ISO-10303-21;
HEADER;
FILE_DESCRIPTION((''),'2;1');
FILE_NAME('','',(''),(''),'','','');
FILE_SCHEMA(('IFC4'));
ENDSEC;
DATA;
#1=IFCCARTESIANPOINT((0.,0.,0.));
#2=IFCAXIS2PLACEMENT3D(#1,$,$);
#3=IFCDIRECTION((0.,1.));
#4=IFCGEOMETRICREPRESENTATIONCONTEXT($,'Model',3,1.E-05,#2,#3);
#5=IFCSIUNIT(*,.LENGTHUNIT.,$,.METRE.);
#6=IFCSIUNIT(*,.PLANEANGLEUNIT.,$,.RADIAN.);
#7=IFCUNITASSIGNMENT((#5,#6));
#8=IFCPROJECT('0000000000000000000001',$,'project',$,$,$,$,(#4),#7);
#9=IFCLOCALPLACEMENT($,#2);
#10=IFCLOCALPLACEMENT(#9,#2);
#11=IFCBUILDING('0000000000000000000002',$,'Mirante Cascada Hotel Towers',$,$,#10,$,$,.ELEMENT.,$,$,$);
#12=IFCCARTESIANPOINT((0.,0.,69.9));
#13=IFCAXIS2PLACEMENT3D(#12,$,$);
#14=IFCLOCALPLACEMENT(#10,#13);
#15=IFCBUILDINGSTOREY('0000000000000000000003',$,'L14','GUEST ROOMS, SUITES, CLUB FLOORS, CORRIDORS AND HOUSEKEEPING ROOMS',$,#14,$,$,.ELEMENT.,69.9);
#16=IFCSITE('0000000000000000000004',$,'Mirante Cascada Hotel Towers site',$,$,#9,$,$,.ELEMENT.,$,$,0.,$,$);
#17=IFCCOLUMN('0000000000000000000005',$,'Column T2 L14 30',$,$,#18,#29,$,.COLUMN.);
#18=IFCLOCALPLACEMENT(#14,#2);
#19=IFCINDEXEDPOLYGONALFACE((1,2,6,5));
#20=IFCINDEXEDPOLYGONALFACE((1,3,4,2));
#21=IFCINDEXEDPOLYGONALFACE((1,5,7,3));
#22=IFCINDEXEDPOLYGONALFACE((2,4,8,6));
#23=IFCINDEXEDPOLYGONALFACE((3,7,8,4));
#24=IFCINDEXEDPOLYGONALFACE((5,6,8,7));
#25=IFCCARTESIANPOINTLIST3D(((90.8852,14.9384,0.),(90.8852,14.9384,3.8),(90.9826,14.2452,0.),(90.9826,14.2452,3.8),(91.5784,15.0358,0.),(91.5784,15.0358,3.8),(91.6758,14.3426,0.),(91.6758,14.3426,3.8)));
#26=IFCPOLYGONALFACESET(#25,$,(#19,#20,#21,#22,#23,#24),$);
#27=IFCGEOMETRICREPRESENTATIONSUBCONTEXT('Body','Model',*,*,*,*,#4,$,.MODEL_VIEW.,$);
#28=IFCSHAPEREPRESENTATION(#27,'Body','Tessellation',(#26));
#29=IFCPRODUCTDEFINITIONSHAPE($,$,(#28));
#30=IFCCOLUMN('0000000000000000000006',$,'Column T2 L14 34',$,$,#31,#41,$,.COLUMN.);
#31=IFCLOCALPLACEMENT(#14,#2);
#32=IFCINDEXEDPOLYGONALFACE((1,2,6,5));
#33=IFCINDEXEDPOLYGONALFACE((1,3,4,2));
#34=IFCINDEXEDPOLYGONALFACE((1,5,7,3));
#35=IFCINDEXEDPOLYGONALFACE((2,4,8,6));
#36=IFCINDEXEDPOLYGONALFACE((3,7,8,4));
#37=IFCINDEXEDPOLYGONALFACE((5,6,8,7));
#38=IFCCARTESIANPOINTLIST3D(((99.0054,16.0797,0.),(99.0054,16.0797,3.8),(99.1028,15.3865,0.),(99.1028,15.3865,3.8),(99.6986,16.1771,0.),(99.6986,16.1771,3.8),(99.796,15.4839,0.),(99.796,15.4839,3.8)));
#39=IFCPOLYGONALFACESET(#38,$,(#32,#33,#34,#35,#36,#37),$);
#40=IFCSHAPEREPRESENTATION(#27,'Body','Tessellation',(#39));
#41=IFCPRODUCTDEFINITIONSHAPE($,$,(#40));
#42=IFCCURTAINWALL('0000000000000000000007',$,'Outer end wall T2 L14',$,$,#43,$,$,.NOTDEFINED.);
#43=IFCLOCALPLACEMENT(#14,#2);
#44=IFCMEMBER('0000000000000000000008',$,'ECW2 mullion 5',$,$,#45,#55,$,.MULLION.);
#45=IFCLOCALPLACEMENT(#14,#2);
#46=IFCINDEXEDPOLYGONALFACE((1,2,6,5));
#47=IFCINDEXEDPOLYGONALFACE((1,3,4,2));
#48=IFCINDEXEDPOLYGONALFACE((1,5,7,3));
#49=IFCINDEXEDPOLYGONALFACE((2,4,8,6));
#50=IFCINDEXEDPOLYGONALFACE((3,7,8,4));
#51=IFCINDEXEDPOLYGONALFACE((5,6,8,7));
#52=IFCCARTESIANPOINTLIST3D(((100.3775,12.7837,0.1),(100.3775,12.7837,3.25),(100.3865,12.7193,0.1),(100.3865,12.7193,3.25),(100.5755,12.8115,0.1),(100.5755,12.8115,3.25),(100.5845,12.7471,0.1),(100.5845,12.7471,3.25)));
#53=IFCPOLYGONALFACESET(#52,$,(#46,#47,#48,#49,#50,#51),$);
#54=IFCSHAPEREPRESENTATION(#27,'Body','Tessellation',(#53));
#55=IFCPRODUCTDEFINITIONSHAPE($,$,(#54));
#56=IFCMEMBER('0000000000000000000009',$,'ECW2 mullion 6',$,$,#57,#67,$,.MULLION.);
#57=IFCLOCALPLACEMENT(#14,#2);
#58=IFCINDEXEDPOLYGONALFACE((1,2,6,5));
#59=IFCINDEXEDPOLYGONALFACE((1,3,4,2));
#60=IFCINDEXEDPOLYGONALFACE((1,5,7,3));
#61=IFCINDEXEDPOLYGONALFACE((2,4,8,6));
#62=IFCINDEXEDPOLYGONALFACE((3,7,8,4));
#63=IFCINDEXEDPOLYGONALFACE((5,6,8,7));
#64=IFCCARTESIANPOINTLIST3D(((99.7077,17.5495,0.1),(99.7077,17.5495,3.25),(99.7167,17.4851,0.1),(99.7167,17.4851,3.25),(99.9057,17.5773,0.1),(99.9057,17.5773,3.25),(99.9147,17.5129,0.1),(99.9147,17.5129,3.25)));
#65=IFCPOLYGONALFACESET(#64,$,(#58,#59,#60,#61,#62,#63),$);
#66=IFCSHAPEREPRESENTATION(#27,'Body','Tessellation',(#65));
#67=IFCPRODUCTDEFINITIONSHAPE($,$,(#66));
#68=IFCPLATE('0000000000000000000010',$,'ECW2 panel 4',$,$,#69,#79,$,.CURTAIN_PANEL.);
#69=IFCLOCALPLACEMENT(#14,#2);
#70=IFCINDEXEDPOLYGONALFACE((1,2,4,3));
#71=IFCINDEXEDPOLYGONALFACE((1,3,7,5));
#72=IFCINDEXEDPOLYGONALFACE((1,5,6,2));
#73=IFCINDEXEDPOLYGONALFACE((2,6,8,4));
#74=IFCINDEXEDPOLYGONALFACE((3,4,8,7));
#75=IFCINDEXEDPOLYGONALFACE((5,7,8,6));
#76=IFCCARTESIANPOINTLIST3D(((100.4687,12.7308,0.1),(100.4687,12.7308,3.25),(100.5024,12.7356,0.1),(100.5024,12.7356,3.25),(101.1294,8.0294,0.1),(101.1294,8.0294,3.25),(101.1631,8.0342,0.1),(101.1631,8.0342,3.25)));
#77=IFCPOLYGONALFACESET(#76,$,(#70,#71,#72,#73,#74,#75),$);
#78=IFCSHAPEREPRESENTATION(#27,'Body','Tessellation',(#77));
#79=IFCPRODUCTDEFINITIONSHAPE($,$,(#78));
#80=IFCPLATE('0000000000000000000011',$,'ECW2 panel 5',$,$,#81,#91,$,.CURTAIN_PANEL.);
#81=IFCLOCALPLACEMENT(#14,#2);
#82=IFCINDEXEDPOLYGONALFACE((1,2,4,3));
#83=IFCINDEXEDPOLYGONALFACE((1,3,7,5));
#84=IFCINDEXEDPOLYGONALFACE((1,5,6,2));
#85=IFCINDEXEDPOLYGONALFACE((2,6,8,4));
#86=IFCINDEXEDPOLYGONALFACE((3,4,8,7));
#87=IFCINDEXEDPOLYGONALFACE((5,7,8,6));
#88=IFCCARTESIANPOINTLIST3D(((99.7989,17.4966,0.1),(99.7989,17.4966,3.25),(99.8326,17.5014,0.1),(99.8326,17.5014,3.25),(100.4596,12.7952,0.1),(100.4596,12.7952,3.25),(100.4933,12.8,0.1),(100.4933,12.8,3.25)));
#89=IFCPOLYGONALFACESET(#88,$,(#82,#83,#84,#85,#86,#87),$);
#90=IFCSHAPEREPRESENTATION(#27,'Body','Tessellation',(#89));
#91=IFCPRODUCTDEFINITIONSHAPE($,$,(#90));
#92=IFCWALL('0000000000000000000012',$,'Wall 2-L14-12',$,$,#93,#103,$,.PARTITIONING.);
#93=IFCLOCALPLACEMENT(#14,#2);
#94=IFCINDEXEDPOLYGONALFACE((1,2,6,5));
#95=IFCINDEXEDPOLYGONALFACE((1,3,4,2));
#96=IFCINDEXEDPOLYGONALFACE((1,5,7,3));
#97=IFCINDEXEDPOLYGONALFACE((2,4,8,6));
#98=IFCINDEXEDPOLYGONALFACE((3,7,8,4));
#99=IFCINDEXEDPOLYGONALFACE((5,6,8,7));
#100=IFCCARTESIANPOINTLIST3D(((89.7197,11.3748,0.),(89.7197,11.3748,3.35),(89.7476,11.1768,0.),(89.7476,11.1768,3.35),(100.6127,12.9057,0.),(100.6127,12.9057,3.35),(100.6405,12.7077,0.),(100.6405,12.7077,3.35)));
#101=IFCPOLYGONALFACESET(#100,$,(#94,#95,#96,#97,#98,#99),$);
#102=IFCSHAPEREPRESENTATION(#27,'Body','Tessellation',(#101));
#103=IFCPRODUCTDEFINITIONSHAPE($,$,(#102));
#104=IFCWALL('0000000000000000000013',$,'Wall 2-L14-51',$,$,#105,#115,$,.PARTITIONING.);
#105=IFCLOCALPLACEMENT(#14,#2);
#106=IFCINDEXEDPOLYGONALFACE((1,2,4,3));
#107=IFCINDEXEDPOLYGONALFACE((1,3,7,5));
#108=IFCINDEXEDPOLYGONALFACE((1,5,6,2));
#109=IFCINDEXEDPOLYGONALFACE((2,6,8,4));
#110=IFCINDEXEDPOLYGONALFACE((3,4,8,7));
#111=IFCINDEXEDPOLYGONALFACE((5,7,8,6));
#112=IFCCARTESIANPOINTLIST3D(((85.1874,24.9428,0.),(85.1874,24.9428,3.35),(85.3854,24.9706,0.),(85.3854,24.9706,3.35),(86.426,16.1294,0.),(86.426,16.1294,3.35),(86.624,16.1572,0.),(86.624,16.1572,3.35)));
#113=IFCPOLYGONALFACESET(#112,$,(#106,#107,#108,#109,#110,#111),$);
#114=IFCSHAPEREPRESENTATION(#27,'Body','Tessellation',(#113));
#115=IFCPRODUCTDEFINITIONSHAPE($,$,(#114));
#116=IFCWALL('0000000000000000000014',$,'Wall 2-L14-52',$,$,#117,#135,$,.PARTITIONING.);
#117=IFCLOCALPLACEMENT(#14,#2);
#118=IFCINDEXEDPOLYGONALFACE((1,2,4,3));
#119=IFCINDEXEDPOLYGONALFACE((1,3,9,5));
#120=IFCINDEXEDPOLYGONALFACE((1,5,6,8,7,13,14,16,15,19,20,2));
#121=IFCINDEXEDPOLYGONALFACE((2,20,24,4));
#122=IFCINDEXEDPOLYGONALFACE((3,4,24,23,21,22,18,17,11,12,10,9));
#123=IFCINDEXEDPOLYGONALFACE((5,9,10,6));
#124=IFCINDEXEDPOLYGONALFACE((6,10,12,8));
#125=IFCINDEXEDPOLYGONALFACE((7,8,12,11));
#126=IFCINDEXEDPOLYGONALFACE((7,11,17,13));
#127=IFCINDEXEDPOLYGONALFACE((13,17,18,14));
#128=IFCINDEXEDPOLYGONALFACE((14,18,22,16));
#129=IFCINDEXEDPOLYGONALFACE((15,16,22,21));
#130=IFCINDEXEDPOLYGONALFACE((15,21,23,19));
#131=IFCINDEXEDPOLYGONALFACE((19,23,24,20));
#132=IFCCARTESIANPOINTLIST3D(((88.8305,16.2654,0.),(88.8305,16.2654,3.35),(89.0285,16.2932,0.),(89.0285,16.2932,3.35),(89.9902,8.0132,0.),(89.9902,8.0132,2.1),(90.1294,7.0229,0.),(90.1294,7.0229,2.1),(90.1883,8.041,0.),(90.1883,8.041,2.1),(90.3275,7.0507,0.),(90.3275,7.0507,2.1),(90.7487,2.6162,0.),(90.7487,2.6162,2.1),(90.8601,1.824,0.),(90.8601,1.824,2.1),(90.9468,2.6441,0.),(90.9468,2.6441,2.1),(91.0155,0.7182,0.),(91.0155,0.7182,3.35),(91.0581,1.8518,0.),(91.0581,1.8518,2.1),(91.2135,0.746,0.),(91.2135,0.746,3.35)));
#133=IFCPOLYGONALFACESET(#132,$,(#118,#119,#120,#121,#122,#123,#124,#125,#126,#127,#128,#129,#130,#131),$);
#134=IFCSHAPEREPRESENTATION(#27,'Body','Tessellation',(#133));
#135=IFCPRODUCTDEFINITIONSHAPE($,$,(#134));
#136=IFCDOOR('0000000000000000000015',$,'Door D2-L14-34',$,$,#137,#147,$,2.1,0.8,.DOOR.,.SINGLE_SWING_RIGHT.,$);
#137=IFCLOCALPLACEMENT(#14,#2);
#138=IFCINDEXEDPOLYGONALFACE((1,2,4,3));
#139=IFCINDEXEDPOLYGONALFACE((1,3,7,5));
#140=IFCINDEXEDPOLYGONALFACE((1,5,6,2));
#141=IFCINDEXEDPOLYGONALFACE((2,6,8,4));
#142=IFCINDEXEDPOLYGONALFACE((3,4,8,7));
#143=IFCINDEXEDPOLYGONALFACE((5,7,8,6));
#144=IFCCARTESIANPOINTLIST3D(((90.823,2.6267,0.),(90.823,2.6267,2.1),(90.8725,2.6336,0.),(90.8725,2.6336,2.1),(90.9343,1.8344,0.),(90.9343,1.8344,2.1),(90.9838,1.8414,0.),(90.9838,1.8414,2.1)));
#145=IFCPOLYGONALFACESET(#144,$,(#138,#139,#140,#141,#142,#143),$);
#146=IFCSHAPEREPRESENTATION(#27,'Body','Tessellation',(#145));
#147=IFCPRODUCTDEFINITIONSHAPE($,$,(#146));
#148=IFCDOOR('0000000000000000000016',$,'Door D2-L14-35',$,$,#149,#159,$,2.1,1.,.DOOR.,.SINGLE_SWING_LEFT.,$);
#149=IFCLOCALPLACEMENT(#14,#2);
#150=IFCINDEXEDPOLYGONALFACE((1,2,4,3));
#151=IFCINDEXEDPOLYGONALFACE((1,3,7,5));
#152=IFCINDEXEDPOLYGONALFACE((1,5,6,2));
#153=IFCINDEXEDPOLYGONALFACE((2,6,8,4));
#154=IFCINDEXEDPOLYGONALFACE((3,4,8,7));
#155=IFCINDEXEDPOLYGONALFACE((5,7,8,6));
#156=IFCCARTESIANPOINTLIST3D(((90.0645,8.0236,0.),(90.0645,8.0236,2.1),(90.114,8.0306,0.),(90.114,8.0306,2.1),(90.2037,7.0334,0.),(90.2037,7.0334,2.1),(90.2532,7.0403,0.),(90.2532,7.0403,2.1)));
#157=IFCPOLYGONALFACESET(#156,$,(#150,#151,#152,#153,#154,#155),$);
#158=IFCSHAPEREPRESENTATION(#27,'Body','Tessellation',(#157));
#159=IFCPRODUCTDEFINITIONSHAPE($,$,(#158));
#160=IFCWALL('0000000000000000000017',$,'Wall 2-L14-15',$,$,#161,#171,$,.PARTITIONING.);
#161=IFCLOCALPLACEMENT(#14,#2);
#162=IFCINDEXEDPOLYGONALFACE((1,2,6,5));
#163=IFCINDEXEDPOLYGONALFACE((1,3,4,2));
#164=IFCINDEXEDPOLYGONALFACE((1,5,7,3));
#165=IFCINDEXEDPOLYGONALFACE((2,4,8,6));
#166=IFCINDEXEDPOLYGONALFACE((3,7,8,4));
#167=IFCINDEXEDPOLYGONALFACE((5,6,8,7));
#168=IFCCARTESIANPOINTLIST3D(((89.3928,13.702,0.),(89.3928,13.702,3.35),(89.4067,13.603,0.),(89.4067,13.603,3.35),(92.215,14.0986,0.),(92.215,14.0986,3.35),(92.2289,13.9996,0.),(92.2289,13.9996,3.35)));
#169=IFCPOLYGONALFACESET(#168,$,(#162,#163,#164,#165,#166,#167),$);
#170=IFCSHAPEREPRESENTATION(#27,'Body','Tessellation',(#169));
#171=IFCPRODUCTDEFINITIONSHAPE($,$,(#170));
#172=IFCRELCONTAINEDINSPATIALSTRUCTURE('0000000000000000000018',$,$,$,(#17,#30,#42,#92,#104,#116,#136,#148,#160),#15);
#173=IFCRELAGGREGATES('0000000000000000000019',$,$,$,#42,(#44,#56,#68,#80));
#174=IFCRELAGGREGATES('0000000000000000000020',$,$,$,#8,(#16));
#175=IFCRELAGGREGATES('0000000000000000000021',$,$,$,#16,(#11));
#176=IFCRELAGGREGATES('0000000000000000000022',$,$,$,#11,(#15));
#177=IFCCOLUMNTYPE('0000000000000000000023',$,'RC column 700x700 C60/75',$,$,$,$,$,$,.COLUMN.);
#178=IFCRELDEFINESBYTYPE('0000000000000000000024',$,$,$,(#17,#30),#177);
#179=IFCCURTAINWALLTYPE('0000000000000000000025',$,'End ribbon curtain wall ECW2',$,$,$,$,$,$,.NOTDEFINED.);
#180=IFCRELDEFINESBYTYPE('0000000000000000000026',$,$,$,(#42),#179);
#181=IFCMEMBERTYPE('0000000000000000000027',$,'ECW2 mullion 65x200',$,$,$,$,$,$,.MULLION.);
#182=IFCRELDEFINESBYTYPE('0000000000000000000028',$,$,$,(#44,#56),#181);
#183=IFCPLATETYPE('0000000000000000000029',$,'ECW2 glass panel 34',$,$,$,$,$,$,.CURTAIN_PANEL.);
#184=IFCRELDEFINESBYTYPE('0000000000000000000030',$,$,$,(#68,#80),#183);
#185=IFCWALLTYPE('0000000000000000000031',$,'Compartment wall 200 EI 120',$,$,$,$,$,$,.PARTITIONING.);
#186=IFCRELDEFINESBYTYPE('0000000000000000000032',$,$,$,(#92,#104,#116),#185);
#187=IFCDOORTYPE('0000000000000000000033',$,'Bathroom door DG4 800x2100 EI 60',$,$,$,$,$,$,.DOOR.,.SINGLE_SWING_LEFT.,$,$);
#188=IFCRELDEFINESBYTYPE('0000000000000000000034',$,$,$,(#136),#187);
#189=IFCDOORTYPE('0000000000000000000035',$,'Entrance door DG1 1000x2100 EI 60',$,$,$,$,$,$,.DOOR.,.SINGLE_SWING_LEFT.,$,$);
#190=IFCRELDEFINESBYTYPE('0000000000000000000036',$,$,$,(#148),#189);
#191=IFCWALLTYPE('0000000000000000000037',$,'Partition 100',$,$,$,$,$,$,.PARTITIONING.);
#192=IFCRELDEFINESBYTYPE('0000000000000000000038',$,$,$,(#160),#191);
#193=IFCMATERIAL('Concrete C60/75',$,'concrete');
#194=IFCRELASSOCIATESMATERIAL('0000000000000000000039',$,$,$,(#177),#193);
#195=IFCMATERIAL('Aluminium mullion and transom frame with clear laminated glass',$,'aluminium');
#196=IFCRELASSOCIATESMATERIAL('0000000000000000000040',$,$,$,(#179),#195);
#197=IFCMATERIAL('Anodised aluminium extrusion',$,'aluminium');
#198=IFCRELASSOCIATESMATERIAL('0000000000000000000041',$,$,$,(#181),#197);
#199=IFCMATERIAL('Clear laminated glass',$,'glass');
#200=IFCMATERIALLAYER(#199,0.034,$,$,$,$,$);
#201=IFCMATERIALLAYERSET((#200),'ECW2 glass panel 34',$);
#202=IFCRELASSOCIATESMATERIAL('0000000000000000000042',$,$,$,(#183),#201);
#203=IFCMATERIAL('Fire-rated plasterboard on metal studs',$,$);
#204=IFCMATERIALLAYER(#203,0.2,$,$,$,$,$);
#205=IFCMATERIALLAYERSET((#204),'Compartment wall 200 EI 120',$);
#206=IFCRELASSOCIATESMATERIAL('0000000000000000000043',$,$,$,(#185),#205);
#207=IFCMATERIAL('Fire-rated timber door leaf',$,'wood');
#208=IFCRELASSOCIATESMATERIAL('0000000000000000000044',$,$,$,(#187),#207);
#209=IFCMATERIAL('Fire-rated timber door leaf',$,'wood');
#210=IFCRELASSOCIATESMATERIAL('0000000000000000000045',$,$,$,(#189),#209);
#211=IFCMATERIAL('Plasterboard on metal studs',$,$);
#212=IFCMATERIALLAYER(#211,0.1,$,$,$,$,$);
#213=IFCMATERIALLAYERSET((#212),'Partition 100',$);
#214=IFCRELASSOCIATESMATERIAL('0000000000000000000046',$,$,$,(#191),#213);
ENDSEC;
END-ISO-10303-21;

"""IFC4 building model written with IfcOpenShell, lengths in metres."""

from ifc_helpers import new_model, si_unit, direction, frame, frame_2d, origin, origin_2d, place, context, subcontext, project, spatial, rectangle, extrude, material, layer, layer_set, material_profile, profile_set, type_object, element, fill, aggregate, save


model = new_model("IFC4")

# Units and contexts
model_context = context("Model", 3, precision=1e-05, world=origin(), true_north=direction((0.0, 1.0)))
body_context = subcontext(model_context, "Body", "Model", "MODEL_VIEW")
ifc_project = project(units=[si_unit("LENGTHUNIT", "METRE"), si_unit("PLANEANGLEUNIT", "RADIAN")], contexts=[model_context])

# Site, building, storey
site_placement = place(None, origin())
site = spatial("IfcSite", under=ifc_project, at=site_placement, Name="Mirante Cascada Hotel Towers site", CompositionType="ELEMENT", RefElevation=0.0)
building_placement = place(site_placement, origin())
building = spatial("IfcBuilding", under=site, at=building_placement, Name="Mirante Cascada Hotel Towers", CompositionType="ELEMENT")
storey_placement = place(building_placement, frame((0.0, 0.0, 69.9)))
storey = spatial("IfcBuildingStorey", under=building, at=storey_placement, Name="L14", Description="GUEST ROOMS, SUITES, CLUB FLOORS, CORRIDORS AND HOUSEKEEPING ROOMS", CompositionType="ELEMENT", Elevation=69.9)

# Columns
ifc_material_1 = material(Name="Concrete C60/75", Category="concrete")
ifc_material_profile_1 = material_profile(ifc_material_1, rectangle(XDim=0.7, YDim=0.7, at=origin_2d()), Name="RC column 700x700 C60/75")
ifc_profile_set_1 = profile_set([ifc_material_profile_1], Name="Concrete C60/75")
column_type = type_object("IfcColumnType", Name="RC column 700x700 C60/75", PredefinedType="COLUMN", material=ifc_profile_set_1)
for number, where, z_axis, x_axis, name in (
    (1, (91.2805, 14.6405, 0.0), (0.0, 0.0, 1.0), (0.990268, 0.139173, 0.0), "Column T2 L14 30"),
    (2, (99.4007, 15.7818, 0.0), (0.0, 0.0, 1.0), (0.990268, 0.139173, 0.0), "Column T2 L14 34"),
):
    element("IfcColumn", number, at=place(storey_placement, frame(where, z_axis=z_axis, x_axis=x_axis)), inside=storey, type_object=column_type, Name=name, PredefinedType="COLUMN", context=body_context, shape_type="SweptSolid", body=[
        extrude(rectangle(XDim=0.7, YDim=0.7, at=origin_2d()), origin(), (0.0, 0.0, 1.0), 3.8),
    ])

# Curtain wall, members, plates
ifc_material_2 = material(Name="Aluminium mullion and transom frame with clear laminated glass", Category="aluminium")
curtain_wall_type = type_object("IfcCurtainWallType", Name="End ribbon curtain wall ECW2", PredefinedType="NOTDEFINED", material=ifc_material_2)
curtain_wall_placement = place(storey_placement, origin())
curtain_wall = element("IfcCurtainWall", 3, at=curtain_wall_placement, inside=storey, type_object=curtain_wall_type, Name="Outer end wall T2 L14", PredefinedType="NOTDEFINED")
ifc_material_3 = material(Name="Anodised aluminium extrusion", Category="aluminium")
ifc_material_profile_2 = material_profile(ifc_material_3, rectangle(XDim=0.2, YDim=0.065, at=origin_2d()), Name="ECW2 MULLION 65x200")
ifc_profile_set_2 = profile_set([ifc_material_profile_2], Name="Anodised aluminium extrusion")
member_type = type_object("IfcMemberType", Name="ECW2 mullion 65x200", PredefinedType="MULLION", material=ifc_profile_set_2)
member_1_placement = place(storey_placement, frame((100.481, 12.7654, 0.1), z_axis=(0.0, 0.0, 1.0), x_axis=(-0.990268, -0.139173, 0.0)))
member_1 = element("IfcMember", 4, at=member_1_placement, type_object=member_type, Name="ECW2 mullion 5", PredefinedType="MULLION", context=body_context, shape_type="SweptSolid", body=[
    extrude(rectangle(XDim=0.2, YDim=0.065, at=origin_2d()), origin(), (0.0, 0.0, 1.0), 3.15),
])
member_2_placement = place(storey_placement, frame((99.8112, 17.5312, 0.1), z_axis=(0.0, 0.0, 1.0), x_axis=(-0.990268, -0.139173, 0.0)))
member_2 = element("IfcMember", 5, at=member_2_placement, type_object=member_type, Name="ECW2 mullion 6", PredefinedType="MULLION", context=body_context, shape_type="SweptSolid", body=[
    extrude(rectangle(XDim=0.2, YDim=0.065, at=origin_2d()), origin(), (0.0, 0.0, 1.0), 3.15),
])
ifc_material_4 = material(Name="Clear laminated glass", Category="glass")
ifc_layer_1 = layer(ifc_material_4, 0.034)
ifc_layer_set_1 = layer_set([ifc_layer_1], Name="ECW2 glass panel 34")
plate_type = type_object("IfcPlateType", Name="ECW2 glass panel 34", PredefinedType="CURTAIN_PANEL", material=ifc_layer_set_1)
plate_1_placement = place(storey_placement, frame((100.8159, 10.3825, 0.1), z_axis=(0.0, 0.0, 1.0), x_axis=(-0.139173, 0.990268, 0.0)))
plate_1 = element("IfcPlate", 6, at=plate_1_placement, type_object=plate_type, Name="ECW2 panel 4", PredefinedType="CURTAIN_PANEL", context=body_context, shape_type="SweptSolid", body=[
    extrude(rectangle(XDim=4.7476, YDim=0.034, at=origin_2d()), origin(), (0.0, 0.0, 1.0), 3.15),
])
plate_2_placement = place(storey_placement, frame((100.1461, 15.1483, 0.1), z_axis=(0.0, 0.0, 1.0), x_axis=(-0.139173, 0.990268, 0.0)))
plate_2 = element("IfcPlate", 7, at=plate_2_placement, type_object=plate_type, Name="ECW2 panel 5", PredefinedType="CURTAIN_PANEL", context=body_context, shape_type="SweptSolid", body=[
    extrude(rectangle(XDim=4.7476, YDim=0.034, at=origin_2d()), origin(), (0.0, 0.0, 1.0), 3.15),
])
aggregate(curtain_wall, [member_1, member_2, plate_1, plate_2])

# Walls
ifc_material_5 = material(Name="Fire-rated plasterboard on metal studs")
ifc_layer_2 = layer(ifc_material_5, 0.2)
ifc_layer_set_2 = layer_set([ifc_layer_2], Name="Compartment wall 200 EI 120")
wall_type_1 = type_object("IfcWallType", Name="Compartment wall 200 EI 120", PredefinedType="PARTITIONING", material=ifc_layer_set_2)
wall_1_placement = place(storey_placement, frame((100.6266, 12.8067, 0.0), z_axis=(0.0, 0.0, 1.0), x_axis=(-0.990268, -0.139173, 0.0)))
element("IfcWall", 8, at=wall_1_placement, inside=storey, type_object=wall_type_1, Name="Wall 2-L14-12", PredefinedType="PARTITIONING", context=body_context, shape_type="SweptSolid", body=[
    extrude(rectangle(XDim=11.0, YDim=0.2, at=frame_2d((5.5, 0.0))), origin(), (0.0, 0.0, 1.0), 3.35),
])
wall_2_placement = place(storey_placement, frame((86.525, 16.1433, 0.0), z_axis=(0.0, 0.0, 1.0), x_axis=(-0.139168, 0.990269, 0.0)))
element("IfcWall", 9, at=wall_2_placement, inside=storey, type_object=wall_type_1, Name="Wall 2-L14-51", PredefinedType="PARTITIONING", context=body_context, shape_type="SweptSolid", body=[
    extrude(rectangle(XDim=8.9, YDim=0.2, at=frame_2d((4.45, 0.0))), origin(), (0.0, 0.0, 1.0), 3.35),
])

# Wall, openings, doors
wall_3_placement = place(storey_placement, frame((88.9295, 16.2793, 0.0), z_axis=(0.0, 0.0, 1.0), x_axis=(0.139172, -0.990268, 0.0)))
wall_3 = element("IfcWall", 10, at=wall_3_placement, inside=storey, type_object=wall_type_1, Name="Wall 2-L14-52", PredefinedType="PARTITIONING", context=body_context, shape_type="SweptSolid", body=[
    extrude(rectangle(XDim=15.7, YDim=0.2, at=frame_2d((7.85, 0.0))), origin(), (0.0, 0.0, 1.0), 3.35),
])
opening_1_placement = place(wall_3_placement, frame((13.7833, 0.0, 0.0)))
opening_1 = element("IfcOpeningElement", 11, at=opening_1_placement, cuts=wall_3, PredefinedType="OPENING", context=body_context, shape_type="SweptSolid", body=[
    extrude(rectangle(XDim=0.8, YDim=2.1, at=frame_2d((0.4, 1.05))), frame((0.0, 0.1, 0.0), z_axis=(0.0, -1.0, 0.0), x_axis=(1.0, 0.0, 0.0)), (0.0, 0.0, 1.0), 0.2),
])
opening_2_placement = place(wall_3_placement, frame((8.3333, 0.0, 0.0)))
opening_2 = element("IfcOpeningElement", 12, at=opening_2_placement, cuts=wall_3, PredefinedType="OPENING", context=body_context, shape_type="SweptSolid", body=[
    extrude(rectangle(XDim=1.0, YDim=2.1, at=frame_2d((0.5, 1.05))), frame((0.0, 0.1, 0.0), z_axis=(0.0, -1.0, 0.0), x_axis=(1.0, 0.0, 0.0)), (0.0, 0.0, 1.0), 0.2),
])
ifc_material_6 = material(Name="Fire-rated timber door leaf", Category="wood")
door_type_1 = type_object("IfcDoorType", Name="Bathroom door DG4 800x2100 EI 60", OperationType="SINGLE_SWING_LEFT", PredefinedType="DOOR", material=ifc_material_6)
door_1_placement = place(opening_1_placement, frame((0.8, 0.0, 0.0), z_axis=(0.0, 0.0, 1.0), x_axis=(-1.0, 0.0, 0.0)))
door_1 = element("IfcDoor", 13, at=door_1_placement, inside=storey, type_object=door_type_1, Name="Door D2-L14-34", OperationType="SINGLE_SWING_RIGHT", OverallHeight=2.1, OverallWidth=0.8, PredefinedType="DOOR", context=body_context, shape_type="SweptSolid", body=[
    extrude(rectangle(XDim=0.8, YDim=2.1, at=frame_2d((0.4, 1.05))), frame((0.0, 0.025, 0.0), z_axis=(0.0, -1.0, 0.0), x_axis=(1.0, 0.0, 0.0)), (0.0, 0.0, 1.0), 0.05),
])
fill(opening_1, door_1)
ifc_material_7 = material(Name="Fire-rated timber door leaf", Category="wood")
door_type_2 = type_object("IfcDoorType", Name="Entrance door DG1 1000x2100 EI 60", OperationType="SINGLE_SWING_LEFT", PredefinedType="DOOR", material=ifc_material_7)
door_2_placement = place(opening_2_placement, origin())
door_2 = element("IfcDoor", 14, at=door_2_placement, inside=storey, type_object=door_type_2, Name="Door D2-L14-35", OperationType="SINGLE_SWING_LEFT", OverallHeight=2.1, OverallWidth=1.0, PredefinedType="DOOR", context=body_context, shape_type="SweptSolid", body=[
    extrude(rectangle(XDim=1.0, YDim=2.1, at=frame_2d((0.5, 1.05))), frame((0.0, 0.025, 0.0), z_axis=(0.0, -1.0, 0.0), x_axis=(1.0, 0.0, 0.0)), (0.0, 0.0, 1.0), 0.05),
])
fill(opening_2, door_2)

# Wall
ifc_material_8 = material(Name="Plasterboard on metal studs")
ifc_layer_3 = layer(ifc_material_8, 0.1)
ifc_layer_set_3 = layer_set([ifc_layer_3], Name="Partition 100")
wall_type_2 = type_object("IfcWallType", Name="Partition 100", PredefinedType="PARTITIONING", material=ifc_layer_set_3)
wall_4_placement = place(storey_placement, frame((89.3997, 13.6525, 0.0), z_axis=(0.0, 0.0, 1.0), x_axis=(0.99027, 0.139161, 0.0)))
element("IfcWall", 15, at=wall_4_placement, inside=storey, type_object=wall_type_2, Name="Wall 2-L14-15", PredefinedType="PARTITIONING", context=body_context, shape_type="SweptSolid", body=[
    extrude(rectangle(XDim=2.8499, YDim=0.1, at=frame_2d((1.425, 0.0))), origin(), (0.0, 0.0, 1.0), 3.35),
])

save(model, "model.ifc")
